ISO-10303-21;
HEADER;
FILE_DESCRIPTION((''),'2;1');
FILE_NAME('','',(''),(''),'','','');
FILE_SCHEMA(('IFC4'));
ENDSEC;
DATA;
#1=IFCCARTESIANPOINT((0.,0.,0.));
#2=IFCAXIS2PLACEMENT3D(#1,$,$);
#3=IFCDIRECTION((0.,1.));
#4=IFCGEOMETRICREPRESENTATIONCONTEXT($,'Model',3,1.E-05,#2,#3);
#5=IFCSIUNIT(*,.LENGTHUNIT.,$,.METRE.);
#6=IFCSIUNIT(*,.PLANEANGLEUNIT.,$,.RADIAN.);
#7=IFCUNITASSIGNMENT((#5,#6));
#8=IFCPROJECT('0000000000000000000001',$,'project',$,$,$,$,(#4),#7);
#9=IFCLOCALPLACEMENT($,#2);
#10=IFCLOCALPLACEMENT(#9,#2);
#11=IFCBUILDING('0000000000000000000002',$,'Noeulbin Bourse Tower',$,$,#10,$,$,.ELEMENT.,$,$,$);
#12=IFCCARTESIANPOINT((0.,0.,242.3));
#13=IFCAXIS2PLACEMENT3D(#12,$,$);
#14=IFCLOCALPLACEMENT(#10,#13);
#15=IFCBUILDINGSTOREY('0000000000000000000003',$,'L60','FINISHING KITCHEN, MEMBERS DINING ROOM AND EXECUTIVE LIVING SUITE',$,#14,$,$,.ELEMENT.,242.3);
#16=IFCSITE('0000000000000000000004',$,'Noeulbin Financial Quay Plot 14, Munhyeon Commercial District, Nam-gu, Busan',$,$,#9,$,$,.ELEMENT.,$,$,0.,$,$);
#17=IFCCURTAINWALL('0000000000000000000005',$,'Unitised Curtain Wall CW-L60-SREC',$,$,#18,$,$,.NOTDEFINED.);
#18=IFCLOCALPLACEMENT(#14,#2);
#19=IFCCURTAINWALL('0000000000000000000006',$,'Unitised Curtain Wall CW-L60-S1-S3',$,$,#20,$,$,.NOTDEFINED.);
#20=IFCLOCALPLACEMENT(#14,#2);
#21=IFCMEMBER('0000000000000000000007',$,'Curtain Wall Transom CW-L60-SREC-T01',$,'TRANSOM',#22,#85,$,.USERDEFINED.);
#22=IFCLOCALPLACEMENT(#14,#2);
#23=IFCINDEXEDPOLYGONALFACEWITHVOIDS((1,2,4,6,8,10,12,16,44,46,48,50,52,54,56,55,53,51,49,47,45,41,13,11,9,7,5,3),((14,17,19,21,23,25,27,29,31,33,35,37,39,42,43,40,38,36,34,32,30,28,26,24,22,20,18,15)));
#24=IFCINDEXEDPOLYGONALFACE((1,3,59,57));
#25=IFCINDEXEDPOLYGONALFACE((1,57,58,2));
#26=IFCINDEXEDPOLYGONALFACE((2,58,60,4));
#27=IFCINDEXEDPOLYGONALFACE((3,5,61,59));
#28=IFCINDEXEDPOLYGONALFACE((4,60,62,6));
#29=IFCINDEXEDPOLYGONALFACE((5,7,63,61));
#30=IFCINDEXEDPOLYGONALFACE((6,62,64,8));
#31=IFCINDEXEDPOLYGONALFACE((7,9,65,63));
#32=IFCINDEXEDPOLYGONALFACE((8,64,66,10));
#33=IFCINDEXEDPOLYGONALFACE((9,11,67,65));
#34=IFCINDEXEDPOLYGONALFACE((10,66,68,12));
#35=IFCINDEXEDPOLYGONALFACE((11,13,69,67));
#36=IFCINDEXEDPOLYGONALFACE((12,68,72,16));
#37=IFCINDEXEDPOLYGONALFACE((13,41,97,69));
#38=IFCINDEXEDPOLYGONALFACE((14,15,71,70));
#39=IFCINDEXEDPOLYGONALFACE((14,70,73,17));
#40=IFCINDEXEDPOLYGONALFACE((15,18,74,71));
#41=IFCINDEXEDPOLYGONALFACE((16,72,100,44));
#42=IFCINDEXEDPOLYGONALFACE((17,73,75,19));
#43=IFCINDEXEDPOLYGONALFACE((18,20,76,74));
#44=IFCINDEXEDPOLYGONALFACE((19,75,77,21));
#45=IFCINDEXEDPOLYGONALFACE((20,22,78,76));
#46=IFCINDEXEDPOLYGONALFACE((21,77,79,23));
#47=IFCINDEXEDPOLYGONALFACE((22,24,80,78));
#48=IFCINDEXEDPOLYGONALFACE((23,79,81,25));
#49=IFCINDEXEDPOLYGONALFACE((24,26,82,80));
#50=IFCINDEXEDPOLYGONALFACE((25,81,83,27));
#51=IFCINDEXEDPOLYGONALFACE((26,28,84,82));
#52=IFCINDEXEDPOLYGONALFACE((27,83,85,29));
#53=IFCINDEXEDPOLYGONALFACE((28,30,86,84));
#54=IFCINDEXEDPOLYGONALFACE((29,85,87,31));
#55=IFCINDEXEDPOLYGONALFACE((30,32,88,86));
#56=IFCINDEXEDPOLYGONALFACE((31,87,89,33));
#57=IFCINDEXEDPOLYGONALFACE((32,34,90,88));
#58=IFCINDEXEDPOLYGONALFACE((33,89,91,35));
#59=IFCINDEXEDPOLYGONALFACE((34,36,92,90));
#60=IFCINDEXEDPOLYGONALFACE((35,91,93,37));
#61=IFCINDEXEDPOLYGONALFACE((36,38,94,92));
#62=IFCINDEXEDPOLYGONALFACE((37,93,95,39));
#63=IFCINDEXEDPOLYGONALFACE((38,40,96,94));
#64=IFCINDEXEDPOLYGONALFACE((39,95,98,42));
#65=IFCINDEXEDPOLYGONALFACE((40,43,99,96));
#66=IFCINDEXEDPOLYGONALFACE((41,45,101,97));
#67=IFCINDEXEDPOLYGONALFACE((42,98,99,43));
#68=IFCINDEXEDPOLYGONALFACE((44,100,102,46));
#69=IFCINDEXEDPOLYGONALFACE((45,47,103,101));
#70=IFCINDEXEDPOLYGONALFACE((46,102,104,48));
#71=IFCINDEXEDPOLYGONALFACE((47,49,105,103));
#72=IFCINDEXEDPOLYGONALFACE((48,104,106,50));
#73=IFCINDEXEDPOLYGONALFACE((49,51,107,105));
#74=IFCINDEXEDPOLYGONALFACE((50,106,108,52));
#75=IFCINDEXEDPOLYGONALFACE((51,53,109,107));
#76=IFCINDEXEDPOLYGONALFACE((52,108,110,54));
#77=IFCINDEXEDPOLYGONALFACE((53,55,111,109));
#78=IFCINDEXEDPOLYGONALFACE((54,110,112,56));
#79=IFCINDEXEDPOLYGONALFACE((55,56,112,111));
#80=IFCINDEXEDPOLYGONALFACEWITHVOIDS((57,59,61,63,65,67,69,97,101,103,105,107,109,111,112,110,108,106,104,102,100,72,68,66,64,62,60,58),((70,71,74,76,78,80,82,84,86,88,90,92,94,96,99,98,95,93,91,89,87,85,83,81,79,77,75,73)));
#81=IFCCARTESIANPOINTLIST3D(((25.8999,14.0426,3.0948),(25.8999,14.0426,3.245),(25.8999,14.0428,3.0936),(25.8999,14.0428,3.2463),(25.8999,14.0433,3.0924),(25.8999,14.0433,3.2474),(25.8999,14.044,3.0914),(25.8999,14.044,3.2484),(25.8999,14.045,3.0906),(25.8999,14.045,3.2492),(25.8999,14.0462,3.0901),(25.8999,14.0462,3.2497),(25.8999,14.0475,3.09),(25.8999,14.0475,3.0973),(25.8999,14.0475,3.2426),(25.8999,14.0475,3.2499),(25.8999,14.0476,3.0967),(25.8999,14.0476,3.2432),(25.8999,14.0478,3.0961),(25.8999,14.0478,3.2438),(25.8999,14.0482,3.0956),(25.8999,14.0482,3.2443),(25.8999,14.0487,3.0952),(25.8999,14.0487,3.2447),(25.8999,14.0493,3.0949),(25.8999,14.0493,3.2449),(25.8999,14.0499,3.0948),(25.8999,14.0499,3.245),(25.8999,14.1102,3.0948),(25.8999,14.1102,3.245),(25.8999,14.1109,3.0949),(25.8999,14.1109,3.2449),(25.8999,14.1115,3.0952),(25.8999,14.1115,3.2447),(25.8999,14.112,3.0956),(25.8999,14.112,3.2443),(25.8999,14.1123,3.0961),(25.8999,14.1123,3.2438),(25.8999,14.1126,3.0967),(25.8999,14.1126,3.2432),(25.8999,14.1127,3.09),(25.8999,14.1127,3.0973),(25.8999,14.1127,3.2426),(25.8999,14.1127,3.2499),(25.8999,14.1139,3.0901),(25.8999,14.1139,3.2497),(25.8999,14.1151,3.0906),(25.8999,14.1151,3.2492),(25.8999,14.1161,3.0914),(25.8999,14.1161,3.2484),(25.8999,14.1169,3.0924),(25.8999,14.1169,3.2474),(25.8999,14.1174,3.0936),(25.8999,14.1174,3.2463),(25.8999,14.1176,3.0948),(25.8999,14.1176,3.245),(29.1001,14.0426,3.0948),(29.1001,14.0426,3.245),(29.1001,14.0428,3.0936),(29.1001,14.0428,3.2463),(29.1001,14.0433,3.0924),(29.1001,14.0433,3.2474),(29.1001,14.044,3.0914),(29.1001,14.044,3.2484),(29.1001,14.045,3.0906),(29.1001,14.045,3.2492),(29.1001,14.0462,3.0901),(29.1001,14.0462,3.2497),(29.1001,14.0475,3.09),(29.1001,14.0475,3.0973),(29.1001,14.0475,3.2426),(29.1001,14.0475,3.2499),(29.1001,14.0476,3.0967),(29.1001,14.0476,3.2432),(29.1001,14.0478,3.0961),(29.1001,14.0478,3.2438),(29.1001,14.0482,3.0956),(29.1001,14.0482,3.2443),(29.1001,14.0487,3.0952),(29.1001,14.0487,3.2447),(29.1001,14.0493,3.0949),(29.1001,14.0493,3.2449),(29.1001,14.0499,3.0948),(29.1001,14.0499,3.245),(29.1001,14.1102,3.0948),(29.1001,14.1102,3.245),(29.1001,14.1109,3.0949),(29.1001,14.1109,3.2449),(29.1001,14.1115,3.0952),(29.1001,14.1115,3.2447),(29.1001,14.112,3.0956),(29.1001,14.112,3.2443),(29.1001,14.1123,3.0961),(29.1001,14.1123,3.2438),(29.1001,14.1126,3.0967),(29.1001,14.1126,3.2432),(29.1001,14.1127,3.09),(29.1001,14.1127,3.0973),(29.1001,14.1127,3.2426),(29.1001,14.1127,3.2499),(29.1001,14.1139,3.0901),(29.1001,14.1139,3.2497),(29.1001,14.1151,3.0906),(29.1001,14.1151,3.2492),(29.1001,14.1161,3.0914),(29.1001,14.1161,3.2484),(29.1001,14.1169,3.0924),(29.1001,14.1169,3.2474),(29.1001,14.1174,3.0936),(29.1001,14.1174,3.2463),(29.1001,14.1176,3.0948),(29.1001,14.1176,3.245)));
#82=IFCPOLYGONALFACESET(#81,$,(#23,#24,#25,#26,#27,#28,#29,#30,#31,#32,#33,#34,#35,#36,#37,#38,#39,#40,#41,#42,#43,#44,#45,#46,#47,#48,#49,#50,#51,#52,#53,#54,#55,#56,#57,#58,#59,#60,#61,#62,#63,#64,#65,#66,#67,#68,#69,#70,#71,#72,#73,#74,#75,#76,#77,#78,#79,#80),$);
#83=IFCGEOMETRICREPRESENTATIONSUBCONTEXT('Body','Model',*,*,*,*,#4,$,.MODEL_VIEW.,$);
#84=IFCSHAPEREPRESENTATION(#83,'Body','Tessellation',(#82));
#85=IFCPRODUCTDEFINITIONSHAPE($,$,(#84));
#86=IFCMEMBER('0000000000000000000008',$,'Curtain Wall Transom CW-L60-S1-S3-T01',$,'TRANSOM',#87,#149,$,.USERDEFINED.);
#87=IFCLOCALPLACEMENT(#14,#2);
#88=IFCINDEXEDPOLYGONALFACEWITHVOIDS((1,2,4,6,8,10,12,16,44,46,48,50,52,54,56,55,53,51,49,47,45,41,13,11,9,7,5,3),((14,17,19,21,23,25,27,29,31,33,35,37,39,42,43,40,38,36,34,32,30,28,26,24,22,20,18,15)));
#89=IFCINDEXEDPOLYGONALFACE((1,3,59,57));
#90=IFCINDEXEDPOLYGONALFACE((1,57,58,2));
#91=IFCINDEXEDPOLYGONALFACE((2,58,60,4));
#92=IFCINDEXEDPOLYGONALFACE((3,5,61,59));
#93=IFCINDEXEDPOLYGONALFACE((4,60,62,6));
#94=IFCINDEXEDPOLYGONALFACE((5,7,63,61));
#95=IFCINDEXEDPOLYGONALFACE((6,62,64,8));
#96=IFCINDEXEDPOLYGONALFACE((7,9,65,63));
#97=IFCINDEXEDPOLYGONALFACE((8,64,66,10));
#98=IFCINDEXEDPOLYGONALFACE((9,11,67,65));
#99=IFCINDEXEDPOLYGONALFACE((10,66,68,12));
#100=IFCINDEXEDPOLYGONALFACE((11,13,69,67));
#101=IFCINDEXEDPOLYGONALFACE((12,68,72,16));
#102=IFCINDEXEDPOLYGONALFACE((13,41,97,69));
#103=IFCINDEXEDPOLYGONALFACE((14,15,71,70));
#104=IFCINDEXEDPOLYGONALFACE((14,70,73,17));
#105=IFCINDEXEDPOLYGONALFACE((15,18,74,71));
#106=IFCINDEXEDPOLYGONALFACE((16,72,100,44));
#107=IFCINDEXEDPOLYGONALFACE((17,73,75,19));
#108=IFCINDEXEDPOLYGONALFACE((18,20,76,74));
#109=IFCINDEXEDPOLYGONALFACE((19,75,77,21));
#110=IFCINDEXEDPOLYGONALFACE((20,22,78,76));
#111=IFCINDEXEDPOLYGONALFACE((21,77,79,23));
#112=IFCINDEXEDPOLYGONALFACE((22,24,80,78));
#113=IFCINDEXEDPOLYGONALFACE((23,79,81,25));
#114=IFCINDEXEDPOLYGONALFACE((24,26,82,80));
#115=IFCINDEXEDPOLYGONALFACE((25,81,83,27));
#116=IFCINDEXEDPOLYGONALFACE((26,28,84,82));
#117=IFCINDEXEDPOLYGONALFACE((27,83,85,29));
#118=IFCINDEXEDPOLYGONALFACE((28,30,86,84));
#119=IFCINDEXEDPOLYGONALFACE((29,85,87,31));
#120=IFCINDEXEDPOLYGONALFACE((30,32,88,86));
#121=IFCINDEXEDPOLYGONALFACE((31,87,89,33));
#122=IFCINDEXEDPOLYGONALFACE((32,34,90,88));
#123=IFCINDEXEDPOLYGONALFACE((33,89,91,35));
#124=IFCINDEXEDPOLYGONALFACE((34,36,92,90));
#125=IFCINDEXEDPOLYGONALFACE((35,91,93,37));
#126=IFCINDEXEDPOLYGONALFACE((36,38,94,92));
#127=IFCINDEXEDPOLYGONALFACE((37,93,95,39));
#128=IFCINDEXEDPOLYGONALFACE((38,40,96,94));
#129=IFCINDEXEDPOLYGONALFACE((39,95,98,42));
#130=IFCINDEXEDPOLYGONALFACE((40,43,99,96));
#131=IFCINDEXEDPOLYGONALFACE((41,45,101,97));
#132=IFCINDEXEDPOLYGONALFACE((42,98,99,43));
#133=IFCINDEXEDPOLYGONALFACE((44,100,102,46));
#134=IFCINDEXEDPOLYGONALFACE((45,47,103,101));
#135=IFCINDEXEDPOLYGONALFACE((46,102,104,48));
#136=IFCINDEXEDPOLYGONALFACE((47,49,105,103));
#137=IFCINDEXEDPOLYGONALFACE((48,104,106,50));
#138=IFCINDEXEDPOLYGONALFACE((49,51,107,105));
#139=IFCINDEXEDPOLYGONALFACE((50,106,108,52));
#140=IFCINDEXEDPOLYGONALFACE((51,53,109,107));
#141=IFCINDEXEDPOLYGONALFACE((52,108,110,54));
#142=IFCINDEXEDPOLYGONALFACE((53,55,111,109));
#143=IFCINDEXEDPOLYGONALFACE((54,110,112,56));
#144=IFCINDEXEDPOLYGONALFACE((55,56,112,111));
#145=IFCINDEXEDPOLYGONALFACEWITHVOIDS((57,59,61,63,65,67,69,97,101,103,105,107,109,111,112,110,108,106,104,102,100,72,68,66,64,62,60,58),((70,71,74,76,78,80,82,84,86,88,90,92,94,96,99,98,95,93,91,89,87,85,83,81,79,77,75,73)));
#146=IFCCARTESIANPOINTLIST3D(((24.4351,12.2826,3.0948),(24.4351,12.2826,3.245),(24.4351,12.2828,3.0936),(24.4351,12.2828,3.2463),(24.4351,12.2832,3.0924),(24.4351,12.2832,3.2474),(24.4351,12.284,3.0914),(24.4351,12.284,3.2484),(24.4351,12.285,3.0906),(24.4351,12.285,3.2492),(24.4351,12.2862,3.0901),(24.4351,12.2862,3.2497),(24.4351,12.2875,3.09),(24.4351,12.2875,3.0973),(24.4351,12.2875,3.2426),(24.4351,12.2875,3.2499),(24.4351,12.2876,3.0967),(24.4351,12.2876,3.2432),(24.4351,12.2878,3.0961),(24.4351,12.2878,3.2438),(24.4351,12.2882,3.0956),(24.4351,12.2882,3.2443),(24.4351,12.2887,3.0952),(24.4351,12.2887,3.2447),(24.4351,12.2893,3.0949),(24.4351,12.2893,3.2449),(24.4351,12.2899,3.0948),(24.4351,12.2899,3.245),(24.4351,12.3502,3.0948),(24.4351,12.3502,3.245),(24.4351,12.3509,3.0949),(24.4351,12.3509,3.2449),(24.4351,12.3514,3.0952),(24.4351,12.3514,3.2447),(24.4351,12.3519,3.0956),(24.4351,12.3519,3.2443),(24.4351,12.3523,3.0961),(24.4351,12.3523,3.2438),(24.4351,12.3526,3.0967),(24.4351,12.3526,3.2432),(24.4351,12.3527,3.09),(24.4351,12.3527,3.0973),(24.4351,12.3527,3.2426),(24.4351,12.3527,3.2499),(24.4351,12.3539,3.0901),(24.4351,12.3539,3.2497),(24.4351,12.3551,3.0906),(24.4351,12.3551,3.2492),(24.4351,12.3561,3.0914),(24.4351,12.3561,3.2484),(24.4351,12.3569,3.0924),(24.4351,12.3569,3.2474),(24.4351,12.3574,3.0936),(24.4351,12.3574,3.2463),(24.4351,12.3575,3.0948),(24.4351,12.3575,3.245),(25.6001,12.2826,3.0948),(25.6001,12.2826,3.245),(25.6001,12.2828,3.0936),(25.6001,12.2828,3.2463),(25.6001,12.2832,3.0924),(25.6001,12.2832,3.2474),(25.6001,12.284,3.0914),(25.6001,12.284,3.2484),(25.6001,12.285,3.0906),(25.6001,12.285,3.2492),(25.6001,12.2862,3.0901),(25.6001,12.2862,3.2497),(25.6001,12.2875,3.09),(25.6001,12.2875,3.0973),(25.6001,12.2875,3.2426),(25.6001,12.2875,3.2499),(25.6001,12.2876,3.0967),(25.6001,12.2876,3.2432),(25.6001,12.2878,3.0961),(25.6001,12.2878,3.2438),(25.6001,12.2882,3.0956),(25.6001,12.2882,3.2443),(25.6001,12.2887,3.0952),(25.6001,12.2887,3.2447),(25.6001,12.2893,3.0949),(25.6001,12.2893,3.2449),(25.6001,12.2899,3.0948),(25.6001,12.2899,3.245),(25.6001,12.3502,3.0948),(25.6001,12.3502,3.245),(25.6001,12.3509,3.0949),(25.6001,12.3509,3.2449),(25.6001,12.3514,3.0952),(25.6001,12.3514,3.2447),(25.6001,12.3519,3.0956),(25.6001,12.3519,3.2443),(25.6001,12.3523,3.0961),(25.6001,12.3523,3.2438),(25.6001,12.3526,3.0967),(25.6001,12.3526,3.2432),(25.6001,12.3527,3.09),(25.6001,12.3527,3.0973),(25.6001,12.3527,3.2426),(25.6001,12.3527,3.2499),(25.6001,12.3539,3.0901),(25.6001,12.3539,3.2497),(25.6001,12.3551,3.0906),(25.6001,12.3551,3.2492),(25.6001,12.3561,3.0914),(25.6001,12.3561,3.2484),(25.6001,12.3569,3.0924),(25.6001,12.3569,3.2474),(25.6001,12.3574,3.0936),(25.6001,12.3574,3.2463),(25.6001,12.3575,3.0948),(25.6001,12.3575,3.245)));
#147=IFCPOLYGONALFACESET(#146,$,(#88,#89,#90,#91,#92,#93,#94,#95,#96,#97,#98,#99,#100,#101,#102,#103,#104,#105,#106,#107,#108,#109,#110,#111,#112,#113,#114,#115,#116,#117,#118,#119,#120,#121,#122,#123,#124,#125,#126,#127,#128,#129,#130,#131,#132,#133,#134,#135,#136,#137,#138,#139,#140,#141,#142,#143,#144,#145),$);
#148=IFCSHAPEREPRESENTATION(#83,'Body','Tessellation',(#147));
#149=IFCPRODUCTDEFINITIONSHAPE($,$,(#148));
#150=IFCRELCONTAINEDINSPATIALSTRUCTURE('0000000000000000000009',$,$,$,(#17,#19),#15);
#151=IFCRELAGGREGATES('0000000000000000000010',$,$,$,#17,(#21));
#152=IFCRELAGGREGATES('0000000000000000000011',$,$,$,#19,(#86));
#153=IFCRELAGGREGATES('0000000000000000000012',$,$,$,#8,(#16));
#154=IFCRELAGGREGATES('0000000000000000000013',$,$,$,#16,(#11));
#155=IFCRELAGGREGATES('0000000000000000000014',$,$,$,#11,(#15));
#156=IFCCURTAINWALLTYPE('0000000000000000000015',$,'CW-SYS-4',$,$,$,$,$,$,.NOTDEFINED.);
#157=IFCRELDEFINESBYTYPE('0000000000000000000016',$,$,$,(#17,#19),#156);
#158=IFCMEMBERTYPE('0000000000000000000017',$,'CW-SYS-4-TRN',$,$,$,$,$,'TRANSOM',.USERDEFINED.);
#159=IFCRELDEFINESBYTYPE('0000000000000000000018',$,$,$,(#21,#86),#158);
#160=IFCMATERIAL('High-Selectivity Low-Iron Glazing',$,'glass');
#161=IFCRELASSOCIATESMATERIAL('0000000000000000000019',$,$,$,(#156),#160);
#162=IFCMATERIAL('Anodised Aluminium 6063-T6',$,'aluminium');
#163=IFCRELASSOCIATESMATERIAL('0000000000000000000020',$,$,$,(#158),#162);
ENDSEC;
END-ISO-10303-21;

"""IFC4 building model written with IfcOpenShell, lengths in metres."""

from ifc_helpers import new_model, si_unit, direction, frame, origin, origin_2d, place, context, subcontext, project, spatial, hollow_rectangle, extrude, material, material_profile, profile_set, type_object, element, aggregate, save


model = new_model("IFC4")

# Units and contexts
model_context = context("Model", 3, precision=1e-05, world=origin(), true_north=direction((0.0, 1.0)))
body_context = subcontext(model_context, "Body", "Model", "MODEL_VIEW")
ifc_project = project(units=[si_unit("LENGTHUNIT", "METRE"), si_unit("PLANEANGLEUNIT", "RADIAN")], contexts=[model_context])

# Site, building, storey
site_placement = place(None, origin())
site = spatial("IfcSite", under=ifc_project, at=site_placement, Name="Noeulbin Financial Quay Plot 14, Munhyeon Commercial District, Nam-gu, Busan", CompositionType="ELEMENT", RefElevation=0.0)
building_placement = place(site_placement, origin())
building = spatial("IfcBuilding", under=site, at=building_placement, Name="Noeulbin Bourse Tower", CompositionType="ELEMENT")
storey_placement = place(building_placement, frame((0.0, 0.0, 242.3)))
storey = spatial("IfcBuildingStorey", under=building, at=storey_placement, Name="L60", Description="FINISHING KITCHEN, MEMBERS DINING ROOM AND EXECUTIVE LIVING SUITE", CompositionType="ELEMENT", Elevation=242.3)

# Curtain wall
ifc_material_1 = material(Name="High-Selectivity Low-Iron Glazing", Category="glass")
curtain_wall_type = type_object("IfcCurtainWallType", Name="CW-SYS-4", PredefinedType="NOTDEFINED", material=ifc_material_1)
curtain_wall_1_placement = place(storey_placement, origin())
curtain_wall_1 = element("IfcCurtainWall", 1, at=curtain_wall_1_placement, inside=storey, type_object=curtain_wall_type, Name="Unitised Curtain Wall CW-L60-SREC", PredefinedType="NOTDEFINED")
ifc_material_2 = material(Name="Anodised Aluminium 6063-T6", Category="aluminium")

# Curtain wall
curtain_wall_2_placement = place(storey_placement, origin())
curtain_wall_2 = element("IfcCurtainWall", 2, at=curtain_wall_2_placement, inside=storey, type_object=curtain_wall_type, Name="Unitised Curtain Wall CW-L60-S1-S3", PredefinedType="NOTDEFINED")

# Members
ifc_material_profile_1 = material_profile(ifc_material_2, hollow_rectangle(XDim=0.075, YDim=0.1599, WallThickness=0.0049, InnerFilletRadius=0.0024, OuterFilletRadius=0.0049, at=origin_2d()), Name="ALU-TRAN-75x160x5", Category="LoadBearing")
ifc_profile_set_1 = profile_set([ifc_material_profile_1], Name="Anodised Aluminium 6063-T6")
member_type_1 = type_object("IfcMemberType", Name="CW-SYS-4-TRN", ElementType="TRANSOM", PredefinedType="USERDEFINED", material=ifc_profile_set_1)
member_1_placement = place(storey_placement, frame((25.8999, 14.0801, 3.1699), z_axis=(1.0, 0.0, 0.0), x_axis=(0.0, 1.0, 0.0)))
member_1 = element("IfcMember", 3, at=member_1_placement, type_object=member_type_1, Name="Curtain Wall Transom CW-L60-SREC-T01", ObjectType="TRANSOM", PredefinedType="USERDEFINED", context=body_context, shape_type="SweptSolid", body=[
    extrude(hollow_rectangle(XDim=0.075, YDim=0.1599, WallThickness=0.0049, InnerFilletRadius=0.0024, OuterFilletRadius=0.0049, at=origin_2d()), origin(), (0.0, 0.0, 1.0), 3.2002),
])
member_2_placement = place(storey_placement, frame((24.4351, 12.3201, 3.1699), z_axis=(1.0, 0.0, 0.0), x_axis=(0.0, 1.0, 0.0)))
member_2 = element("IfcMember", 4, at=member_2_placement, type_object=member_type_1, Name="Curtain Wall Transom CW-L60-S1-S3-T01", ObjectType="TRANSOM", PredefinedType="USERDEFINED", context=body_context, shape_type="SweptSolid", body=[
    extrude(hollow_rectangle(XDim=0.075, YDim=0.1599, WallThickness=0.0049, InnerFilletRadius=0.0024, OuterFilletRadius=0.0049, at=origin_2d()), origin(), (0.0, 0.0, 1.0), 1.165),
])

aggregate(curtain_wall_1, [member_1])
aggregate(curtain_wall_2, [member_2])

save(model, "model.ifc")
